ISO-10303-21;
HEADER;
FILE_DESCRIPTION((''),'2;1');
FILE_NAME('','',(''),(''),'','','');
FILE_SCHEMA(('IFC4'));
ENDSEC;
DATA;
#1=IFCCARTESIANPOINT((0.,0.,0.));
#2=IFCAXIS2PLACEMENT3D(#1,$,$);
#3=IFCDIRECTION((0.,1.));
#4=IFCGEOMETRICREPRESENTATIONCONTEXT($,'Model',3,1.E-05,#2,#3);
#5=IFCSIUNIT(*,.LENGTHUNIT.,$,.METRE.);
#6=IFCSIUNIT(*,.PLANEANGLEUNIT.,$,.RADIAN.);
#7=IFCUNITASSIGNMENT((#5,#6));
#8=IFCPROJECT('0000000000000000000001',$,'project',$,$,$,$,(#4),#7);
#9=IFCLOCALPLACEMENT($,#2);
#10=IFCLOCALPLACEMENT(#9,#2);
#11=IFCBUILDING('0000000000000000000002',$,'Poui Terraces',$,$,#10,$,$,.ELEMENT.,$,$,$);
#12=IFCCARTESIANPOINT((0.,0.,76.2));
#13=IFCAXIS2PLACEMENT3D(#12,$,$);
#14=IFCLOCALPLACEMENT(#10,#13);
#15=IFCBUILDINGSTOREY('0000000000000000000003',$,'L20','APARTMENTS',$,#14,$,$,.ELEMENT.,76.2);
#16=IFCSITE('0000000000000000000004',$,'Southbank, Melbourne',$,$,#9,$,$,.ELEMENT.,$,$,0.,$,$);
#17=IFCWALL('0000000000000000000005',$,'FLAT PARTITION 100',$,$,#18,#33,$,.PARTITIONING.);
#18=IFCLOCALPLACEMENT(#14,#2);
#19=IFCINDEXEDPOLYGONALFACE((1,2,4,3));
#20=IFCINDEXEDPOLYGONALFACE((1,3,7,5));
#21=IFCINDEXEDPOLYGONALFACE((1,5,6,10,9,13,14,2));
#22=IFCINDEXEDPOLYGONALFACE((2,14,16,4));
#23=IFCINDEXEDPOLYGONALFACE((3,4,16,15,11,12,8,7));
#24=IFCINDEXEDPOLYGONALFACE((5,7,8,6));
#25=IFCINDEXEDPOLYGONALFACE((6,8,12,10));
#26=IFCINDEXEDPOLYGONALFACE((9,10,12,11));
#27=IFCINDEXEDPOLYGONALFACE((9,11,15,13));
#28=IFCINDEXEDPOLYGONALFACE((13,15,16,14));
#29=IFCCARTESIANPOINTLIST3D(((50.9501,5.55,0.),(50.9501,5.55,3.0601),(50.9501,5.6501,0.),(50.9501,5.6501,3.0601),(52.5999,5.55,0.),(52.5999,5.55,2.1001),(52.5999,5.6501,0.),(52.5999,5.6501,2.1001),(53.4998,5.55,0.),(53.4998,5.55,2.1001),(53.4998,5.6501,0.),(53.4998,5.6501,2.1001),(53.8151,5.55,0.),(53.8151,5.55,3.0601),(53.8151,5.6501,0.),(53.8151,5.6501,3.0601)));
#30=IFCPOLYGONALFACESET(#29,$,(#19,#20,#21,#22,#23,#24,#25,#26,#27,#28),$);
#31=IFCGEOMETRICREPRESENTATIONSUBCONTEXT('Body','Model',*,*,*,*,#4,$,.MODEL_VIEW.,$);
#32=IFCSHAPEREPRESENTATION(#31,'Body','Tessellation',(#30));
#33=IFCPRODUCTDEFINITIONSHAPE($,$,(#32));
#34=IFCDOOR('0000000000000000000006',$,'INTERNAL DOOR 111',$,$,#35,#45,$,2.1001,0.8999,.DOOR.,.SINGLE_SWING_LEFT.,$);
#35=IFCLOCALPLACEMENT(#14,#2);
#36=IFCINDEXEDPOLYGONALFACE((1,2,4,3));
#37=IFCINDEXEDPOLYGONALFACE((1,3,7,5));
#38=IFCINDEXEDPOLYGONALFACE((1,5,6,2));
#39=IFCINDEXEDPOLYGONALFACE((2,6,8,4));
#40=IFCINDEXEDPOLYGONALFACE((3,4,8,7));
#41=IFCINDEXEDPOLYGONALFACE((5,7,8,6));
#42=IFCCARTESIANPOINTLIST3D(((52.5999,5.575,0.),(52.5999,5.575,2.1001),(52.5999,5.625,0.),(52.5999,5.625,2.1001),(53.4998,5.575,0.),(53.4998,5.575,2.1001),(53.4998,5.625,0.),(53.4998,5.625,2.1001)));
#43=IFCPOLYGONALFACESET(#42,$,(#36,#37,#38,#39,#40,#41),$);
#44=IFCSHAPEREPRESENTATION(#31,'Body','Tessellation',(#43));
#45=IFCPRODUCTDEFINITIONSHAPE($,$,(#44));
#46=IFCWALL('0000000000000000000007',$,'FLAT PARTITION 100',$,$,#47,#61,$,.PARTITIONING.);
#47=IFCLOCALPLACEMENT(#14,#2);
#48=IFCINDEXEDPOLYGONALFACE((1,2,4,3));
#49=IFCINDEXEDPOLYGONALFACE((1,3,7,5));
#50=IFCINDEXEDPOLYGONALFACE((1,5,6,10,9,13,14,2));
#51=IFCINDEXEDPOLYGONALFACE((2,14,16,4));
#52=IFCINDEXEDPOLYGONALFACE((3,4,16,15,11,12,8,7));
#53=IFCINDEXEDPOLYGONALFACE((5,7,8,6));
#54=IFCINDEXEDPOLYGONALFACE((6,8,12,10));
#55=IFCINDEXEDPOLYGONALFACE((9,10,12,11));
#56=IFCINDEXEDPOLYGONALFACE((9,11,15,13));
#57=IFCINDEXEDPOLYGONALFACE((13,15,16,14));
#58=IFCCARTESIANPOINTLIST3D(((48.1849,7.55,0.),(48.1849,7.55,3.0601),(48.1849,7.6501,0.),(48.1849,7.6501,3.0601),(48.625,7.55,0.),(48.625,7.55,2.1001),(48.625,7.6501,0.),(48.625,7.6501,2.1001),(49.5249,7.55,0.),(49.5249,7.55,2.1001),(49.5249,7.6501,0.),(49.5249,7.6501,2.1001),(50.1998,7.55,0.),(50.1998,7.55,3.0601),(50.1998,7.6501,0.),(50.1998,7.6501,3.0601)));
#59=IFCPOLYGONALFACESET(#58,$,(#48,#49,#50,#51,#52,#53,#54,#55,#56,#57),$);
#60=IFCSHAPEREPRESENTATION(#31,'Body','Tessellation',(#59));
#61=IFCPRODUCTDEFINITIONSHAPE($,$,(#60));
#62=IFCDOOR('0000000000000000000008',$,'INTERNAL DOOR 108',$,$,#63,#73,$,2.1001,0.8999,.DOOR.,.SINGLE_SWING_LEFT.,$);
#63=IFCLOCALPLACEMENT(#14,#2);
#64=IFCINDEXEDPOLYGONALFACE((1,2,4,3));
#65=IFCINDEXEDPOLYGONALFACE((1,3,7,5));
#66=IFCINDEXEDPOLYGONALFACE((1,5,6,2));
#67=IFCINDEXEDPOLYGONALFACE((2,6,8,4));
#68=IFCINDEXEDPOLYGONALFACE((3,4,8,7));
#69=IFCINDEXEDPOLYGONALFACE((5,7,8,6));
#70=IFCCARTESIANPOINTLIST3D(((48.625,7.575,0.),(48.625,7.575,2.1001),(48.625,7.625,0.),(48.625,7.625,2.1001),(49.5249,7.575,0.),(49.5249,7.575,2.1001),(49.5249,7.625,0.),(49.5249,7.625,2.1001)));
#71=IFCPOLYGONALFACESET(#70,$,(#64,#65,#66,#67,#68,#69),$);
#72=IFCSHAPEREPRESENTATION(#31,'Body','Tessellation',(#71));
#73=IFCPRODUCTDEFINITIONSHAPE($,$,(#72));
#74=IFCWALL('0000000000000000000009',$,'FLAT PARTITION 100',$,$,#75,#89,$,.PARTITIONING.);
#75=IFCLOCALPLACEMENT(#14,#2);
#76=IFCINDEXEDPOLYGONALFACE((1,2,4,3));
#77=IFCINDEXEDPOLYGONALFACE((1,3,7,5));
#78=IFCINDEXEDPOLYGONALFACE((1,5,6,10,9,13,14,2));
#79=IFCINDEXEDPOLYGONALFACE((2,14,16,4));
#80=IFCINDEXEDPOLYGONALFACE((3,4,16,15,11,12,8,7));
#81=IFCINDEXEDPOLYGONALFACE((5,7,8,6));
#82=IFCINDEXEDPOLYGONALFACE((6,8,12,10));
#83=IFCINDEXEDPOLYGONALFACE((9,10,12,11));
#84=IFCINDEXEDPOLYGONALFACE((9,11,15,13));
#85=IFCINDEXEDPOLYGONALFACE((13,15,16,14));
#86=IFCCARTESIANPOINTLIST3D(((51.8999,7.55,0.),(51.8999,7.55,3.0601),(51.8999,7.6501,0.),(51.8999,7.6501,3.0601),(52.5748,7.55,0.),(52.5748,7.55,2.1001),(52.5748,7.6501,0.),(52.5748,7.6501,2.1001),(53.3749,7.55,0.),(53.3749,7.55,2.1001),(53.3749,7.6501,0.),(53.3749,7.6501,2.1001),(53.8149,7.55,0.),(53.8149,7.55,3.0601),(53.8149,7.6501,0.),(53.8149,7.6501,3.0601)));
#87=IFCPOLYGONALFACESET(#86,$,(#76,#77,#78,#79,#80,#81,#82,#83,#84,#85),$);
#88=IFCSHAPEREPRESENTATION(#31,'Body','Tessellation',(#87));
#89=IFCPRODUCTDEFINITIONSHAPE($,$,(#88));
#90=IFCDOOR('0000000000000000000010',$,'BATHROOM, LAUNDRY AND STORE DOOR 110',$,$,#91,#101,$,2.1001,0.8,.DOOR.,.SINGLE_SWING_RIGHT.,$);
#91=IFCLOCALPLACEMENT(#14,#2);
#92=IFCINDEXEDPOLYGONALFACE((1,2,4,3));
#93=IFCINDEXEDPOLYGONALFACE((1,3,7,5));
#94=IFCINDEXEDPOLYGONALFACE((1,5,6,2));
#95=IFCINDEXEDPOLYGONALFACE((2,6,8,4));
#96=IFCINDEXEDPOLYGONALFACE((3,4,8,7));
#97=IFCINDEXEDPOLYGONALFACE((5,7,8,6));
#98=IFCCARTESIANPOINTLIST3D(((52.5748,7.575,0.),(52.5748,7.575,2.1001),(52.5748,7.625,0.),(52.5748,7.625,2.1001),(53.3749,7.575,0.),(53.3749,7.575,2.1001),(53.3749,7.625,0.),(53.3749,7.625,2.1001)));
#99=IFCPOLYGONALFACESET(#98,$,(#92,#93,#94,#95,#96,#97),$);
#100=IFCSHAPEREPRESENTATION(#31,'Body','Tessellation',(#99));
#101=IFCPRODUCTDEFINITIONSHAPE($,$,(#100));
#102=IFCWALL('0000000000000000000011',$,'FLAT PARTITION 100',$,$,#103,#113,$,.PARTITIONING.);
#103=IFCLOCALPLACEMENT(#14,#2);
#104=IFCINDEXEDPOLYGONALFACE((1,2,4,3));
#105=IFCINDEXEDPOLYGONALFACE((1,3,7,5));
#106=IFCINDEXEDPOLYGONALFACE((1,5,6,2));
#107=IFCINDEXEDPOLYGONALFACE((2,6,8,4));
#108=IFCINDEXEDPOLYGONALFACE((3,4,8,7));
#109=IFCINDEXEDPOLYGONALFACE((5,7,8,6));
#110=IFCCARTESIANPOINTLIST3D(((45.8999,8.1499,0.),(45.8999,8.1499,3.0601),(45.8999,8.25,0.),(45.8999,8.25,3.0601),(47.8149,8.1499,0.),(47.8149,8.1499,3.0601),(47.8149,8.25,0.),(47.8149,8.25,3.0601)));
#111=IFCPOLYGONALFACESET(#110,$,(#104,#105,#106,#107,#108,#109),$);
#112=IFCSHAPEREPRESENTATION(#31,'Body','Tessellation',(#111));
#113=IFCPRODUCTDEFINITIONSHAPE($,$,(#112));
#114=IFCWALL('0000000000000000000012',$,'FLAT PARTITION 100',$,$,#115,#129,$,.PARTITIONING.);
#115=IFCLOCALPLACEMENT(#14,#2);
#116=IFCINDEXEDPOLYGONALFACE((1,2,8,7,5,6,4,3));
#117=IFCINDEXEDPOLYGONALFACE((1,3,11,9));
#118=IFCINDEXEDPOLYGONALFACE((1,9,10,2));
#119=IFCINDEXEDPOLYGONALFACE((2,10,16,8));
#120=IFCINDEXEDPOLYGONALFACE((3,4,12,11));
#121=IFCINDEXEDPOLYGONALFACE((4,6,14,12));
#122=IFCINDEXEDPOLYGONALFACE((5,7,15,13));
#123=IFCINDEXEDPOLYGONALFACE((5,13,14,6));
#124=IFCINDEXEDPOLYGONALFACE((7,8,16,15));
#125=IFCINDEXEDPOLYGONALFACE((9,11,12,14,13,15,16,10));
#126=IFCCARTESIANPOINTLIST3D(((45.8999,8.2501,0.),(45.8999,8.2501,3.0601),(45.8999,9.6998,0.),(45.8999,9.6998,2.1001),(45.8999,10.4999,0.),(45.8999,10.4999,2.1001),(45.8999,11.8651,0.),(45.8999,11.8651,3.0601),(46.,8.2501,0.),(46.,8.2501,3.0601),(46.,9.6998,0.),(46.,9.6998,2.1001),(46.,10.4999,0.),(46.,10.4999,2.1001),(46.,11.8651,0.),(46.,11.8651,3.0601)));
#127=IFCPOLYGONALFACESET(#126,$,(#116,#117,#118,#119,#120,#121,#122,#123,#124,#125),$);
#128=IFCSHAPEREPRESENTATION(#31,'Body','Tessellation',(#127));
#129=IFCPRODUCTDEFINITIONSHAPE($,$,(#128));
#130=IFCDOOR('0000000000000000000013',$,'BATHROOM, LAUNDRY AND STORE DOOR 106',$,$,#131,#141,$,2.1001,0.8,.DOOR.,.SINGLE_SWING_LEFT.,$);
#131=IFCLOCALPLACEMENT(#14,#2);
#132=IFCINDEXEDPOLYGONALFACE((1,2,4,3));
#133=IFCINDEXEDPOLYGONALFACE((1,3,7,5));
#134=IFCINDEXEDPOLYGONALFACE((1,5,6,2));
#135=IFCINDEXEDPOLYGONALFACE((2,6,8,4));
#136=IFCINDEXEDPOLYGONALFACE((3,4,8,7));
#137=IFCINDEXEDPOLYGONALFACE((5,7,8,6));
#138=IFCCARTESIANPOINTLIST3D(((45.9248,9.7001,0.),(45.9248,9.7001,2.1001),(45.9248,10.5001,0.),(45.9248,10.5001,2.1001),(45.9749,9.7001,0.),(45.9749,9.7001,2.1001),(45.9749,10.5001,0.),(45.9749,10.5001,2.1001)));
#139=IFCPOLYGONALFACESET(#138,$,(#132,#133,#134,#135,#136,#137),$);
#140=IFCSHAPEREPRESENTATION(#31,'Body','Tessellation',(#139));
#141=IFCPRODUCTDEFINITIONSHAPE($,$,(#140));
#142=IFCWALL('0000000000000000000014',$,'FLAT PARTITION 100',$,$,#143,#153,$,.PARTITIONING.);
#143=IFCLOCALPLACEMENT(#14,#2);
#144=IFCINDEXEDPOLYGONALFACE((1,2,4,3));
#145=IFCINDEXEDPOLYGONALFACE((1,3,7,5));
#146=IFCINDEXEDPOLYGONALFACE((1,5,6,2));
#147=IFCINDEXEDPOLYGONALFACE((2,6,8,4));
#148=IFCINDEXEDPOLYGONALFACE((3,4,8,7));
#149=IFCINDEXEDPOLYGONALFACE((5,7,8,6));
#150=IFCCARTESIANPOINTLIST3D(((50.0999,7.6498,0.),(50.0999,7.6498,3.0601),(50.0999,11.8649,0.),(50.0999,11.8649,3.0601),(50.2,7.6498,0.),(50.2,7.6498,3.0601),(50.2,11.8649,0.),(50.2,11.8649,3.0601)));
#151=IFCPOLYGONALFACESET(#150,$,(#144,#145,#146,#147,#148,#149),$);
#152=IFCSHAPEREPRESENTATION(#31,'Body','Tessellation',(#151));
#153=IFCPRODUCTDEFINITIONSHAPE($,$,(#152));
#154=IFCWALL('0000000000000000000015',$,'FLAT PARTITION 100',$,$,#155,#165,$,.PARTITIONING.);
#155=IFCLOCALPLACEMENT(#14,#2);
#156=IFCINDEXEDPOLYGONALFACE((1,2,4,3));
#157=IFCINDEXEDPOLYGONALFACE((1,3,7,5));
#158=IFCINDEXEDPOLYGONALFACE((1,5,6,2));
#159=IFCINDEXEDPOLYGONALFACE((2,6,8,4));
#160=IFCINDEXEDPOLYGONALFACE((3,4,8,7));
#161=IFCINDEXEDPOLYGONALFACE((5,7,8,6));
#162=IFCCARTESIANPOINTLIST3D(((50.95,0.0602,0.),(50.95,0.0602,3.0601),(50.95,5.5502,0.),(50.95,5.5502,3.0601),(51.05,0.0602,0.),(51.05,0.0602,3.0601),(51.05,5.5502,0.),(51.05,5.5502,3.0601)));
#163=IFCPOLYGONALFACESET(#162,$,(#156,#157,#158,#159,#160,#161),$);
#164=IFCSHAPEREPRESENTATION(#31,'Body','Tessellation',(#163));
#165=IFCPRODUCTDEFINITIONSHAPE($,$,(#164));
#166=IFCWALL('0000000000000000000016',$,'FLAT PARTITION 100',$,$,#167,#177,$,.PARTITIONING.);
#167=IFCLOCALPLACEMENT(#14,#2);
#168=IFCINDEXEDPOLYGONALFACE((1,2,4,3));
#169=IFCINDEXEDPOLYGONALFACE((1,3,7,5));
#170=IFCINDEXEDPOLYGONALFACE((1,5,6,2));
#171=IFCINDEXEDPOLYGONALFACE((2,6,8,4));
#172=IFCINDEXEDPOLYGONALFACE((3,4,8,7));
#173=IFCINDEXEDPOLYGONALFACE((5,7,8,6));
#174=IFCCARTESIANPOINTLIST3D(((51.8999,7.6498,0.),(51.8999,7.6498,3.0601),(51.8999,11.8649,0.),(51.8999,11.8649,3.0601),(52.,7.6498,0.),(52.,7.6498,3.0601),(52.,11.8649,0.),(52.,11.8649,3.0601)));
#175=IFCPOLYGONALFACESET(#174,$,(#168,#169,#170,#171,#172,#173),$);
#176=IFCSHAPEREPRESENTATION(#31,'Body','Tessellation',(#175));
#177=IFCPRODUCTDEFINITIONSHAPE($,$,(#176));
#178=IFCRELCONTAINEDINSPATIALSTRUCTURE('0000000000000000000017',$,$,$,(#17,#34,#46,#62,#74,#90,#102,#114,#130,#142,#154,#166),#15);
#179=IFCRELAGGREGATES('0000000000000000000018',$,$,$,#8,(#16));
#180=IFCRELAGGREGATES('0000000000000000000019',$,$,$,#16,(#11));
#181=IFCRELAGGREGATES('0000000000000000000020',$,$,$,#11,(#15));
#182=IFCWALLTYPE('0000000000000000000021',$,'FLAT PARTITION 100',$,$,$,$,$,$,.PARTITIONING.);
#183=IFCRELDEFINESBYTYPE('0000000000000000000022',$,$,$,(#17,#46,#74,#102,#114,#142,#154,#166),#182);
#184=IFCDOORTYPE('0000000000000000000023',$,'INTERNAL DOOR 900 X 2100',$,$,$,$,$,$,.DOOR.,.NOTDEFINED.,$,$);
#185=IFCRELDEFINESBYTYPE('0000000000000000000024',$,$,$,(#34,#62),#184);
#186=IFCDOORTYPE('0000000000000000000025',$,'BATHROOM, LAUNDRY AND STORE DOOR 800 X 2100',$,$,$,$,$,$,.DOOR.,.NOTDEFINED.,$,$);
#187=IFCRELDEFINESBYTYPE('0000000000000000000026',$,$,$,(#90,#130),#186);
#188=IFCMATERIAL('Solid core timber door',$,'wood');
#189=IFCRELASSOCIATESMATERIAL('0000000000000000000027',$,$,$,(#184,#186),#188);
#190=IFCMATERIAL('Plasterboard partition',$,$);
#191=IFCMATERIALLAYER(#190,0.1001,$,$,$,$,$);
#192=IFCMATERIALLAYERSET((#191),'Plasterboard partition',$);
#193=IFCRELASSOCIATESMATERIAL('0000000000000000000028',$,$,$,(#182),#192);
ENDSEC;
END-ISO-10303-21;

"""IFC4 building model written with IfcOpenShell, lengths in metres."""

from ifc_helpers import new_model, si_unit, direction, frame, frame_2d, origin, place, context, subcontext, project, spatial, rectangle, extrude, material, layer, layer_set, type_object, element, fill, save


model = new_model("IFC4")

# Units and contexts
model_context = context("Model", 3, precision=1e-05, world=origin(), true_north=direction((0.0, 1.0)))
body_context = subcontext(model_context, "Body", "Model", "MODEL_VIEW")
ifc_project = project(units=[si_unit("LENGTHUNIT", "METRE"), si_unit("PLANEANGLEUNIT", "RADIAN")], contexts=[model_context])

# Site, building, storey
site_placement = place(None, origin())
site = spatial("IfcSite", under=ifc_project, at=site_placement, Name="Southbank, Melbourne", CompositionType="ELEMENT", RefElevation=0.0)
building_placement = place(site_placement, origin())
building = spatial("IfcBuilding", under=site, at=building_placement, Name="Poui Terraces", CompositionType="ELEMENT")
storey_placement = place(building_placement, frame((0.0, 0.0, 76.2)))
storey = spatial("IfcBuildingStorey", under=building, at=storey_placement, Name="L20", Description="APARTMENTS", CompositionType="ELEMENT", Elevation=76.2)

# Walls, openings, doors
ifc_material_1 = material(Name="Solid core timber door", Category="wood")
door_type_1 = type_object("IfcDoorType", Name="INTERNAL DOOR 900 X 2100", OperationType="NOTDEFINED", PredefinedType="DOOR", material=ifc_material_1)
ifc_material_2 = material(Name="Plasterboard partition")
ifc_layer_1 = layer(ifc_material_2, 0.1001)
ifc_layer_set_1 = layer_set([ifc_layer_1], Name="Plasterboard partition")
wall_type_1 = type_object("IfcWallType", Name="FLAT PARTITION 100", PredefinedType="PARTITIONING", material=ifc_layer_set_1)
wall_1_placement = place(storey_placement, frame((50.95, 5.6001, 0.0), z_axis=(0.0, 0.0, 1.0), x_axis=(1.0, 0.0, 0.0)))
wall_1 = element("IfcWall", 1, at=wall_1_placement, inside=storey, type_object=wall_type_1, Name="FLAT PARTITION 100", PredefinedType="PARTITIONING", context=body_context, shape_type="SweptSolid", body=[
    extrude(rectangle(XDim=2.865, YDim=0.1001, at=frame_2d((1.4326, 0.0))), origin(), (0.0, 0.0, 1.0), 3.0601),
])
opening_1_placement = place(wall_1_placement, frame((1.6499, 0.0, 0.0)))
opening_1 = element("IfcOpeningElement", 2, at=opening_1_placement, cuts=wall_1, PredefinedType="OPENING", context=body_context, shape_type="SweptSolid", body=[
    extrude(rectangle(XDim=0.8999, YDim=2.1001, at=frame_2d((0.45, 1.05))), frame((0.0, 0.0601, 0.0), z_axis=(0.0, -1.0, 0.0), x_axis=(1.0, 0.0, 0.0)), (0.0, 0.0, 1.0), 0.1201),
])
door_1_placement = place(opening_1_placement, origin())
door_1 = element("IfcDoor", 3, at=door_1_placement, inside=storey, type_object=door_type_1, Name="INTERNAL DOOR 111", OperationType="SINGLE_SWING_LEFT", OverallHeight=2.1001, OverallWidth=0.8999, PredefinedType="DOOR", context=body_context, shape_type="SweptSolid", body=[
    extrude(rectangle(XDim=0.8999, YDim=2.1001, at=frame_2d((0.45, 1.05))), frame((0.0, 0.0249, 0.0), z_axis=(0.0, -1.0, 0.0), x_axis=(1.0, 0.0, 0.0)), (0.0, 0.0, 1.0), 0.05),
])
fill(opening_1, door_1)
wall_2_placement = place(storey_placement, frame((48.1851, 7.6001, 0.0), z_axis=(0.0, 0.0, 1.0), x_axis=(1.0, 0.0, 0.0)))
wall_2 = element("IfcWall", 4, at=wall_2_placement, inside=storey, type_object=wall_type_1, Name="FLAT PARTITION 100", PredefinedType="PARTITIONING", context=body_context, shape_type="SweptSolid", body=[
    extrude(rectangle(XDim=2.0149, YDim=0.1001, at=frame_2d((1.0073, 0.0))), origin(), (0.0, 0.0, 1.0), 3.0601),
])
opening_2_placement = place(wall_2_placement, frame((0.4399, 0.0, 0.0)))
opening_2 = element("IfcOpeningElement", 5, at=opening_2_placement, cuts=wall_2, PredefinedType="OPENING", context=body_context, shape_type="SweptSolid", body=[
    extrude(rectangle(XDim=0.8999, YDim=2.1001, at=frame_2d((0.45, 1.05))), frame((0.0, 0.0601, 0.0), z_axis=(0.0, -1.0, 0.0), x_axis=(1.0, 0.0, 0.0)), (0.0, 0.0, 1.0), 0.1201),
])
door_2_placement = place(opening_2_placement, origin())
door_2 = element("IfcDoor", 6, at=door_2_placement, inside=storey, type_object=door_type_1, Name="INTERNAL DOOR 108", OperationType="SINGLE_SWING_LEFT", OverallHeight=2.1001, OverallWidth=0.8999, PredefinedType="DOOR", context=body_context, shape_type="SweptSolid", body=[
    extrude(rectangle(XDim=0.8999, YDim=2.1001, at=frame_2d((0.45, 1.05))), frame((0.0, 0.0249, 0.0), z_axis=(0.0, -1.0, 0.0), x_axis=(1.0, 0.0, 0.0)), (0.0, 0.0, 1.0), 0.05),
])
fill(opening_2, door_2)
wall_3_placement = place(storey_placement, frame((51.8999, 7.6001, 0.0), z_axis=(0.0, 0.0, 1.0), x_axis=(1.0, 0.0, 0.0)))
wall_3 = element("IfcWall", 7, at=wall_3_placement, inside=storey, type_object=wall_type_1, Name="FLAT PARTITION 100", PredefinedType="PARTITIONING", context=body_context, shape_type="SweptSolid", body=[
    extrude(rectangle(XDim=1.915, YDim=0.1001, at=frame_2d((0.9575, 0.0))), origin(), (0.0, 0.0, 1.0), 3.0601),
])
opening_3_placement = place(wall_3_placement, frame((0.675, 0.0, 0.0)))
opening_3 = element("IfcOpeningElement", 8, at=opening_3_placement, cuts=wall_3, PredefinedType="OPENING", context=body_context, shape_type="SweptSolid", body=[
    extrude(rectangle(XDim=0.8, YDim=2.1001, at=frame_2d((0.3999, 1.05))), frame((0.0, 0.0601, 0.0), z_axis=(0.0, -1.0, 0.0), x_axis=(1.0, 0.0, 0.0)), (0.0, 0.0, 1.0), 0.1201),
])
door_type_2 = type_object("IfcDoorType", Name="BATHROOM, LAUNDRY AND STORE DOOR 800 X 2100", OperationType="NOTDEFINED", PredefinedType="DOOR", material=ifc_material_1)
door_3_placement = place(opening_3_placement, origin())
door_3 = element("IfcDoor", 9, at=door_3_placement, inside=storey, type_object=door_type_2, Name="BATHROOM, LAUNDRY AND STORE DOOR 110", OperationType="SINGLE_SWING_RIGHT", OverallHeight=2.1001, OverallWidth=0.8, PredefinedType="DOOR", context=body_context, shape_type="SweptSolid", body=[
    extrude(rectangle(XDim=0.8, YDim=2.1001, at=frame_2d((0.3999, 1.05))), frame((0.0, 0.0249, 0.0), z_axis=(0.0, -1.0, 0.0), x_axis=(1.0, 0.0, 0.0)), (0.0, 0.0, 1.0), 0.05),
])
fill(opening_3, door_3)

# Wall
wall_4_placement = place(storey_placement, frame((45.8999, 8.2, 0.0), z_axis=(0.0, 0.0, 1.0), x_axis=(1.0, 0.0, 0.0)))
element("IfcWall", 10, at=wall_4_placement, inside=storey, type_object=wall_type_1, Name="FLAT PARTITION 100", PredefinedType="PARTITIONING", context=body_context, shape_type="SweptSolid", body=[
    extrude(rectangle(XDim=1.915, YDim=0.1001, at=frame_2d((0.9575, 0.0))), origin(), (0.0, 0.0, 1.0), 3.0601),
])

# Wall, opening, door
wall_5_placement = place(storey_placement, frame((45.95, 8.25, 0.0), z_axis=(0.0, 0.0, 1.0), x_axis=(0.0, 1.0, 0.0)))
wall_5 = element("IfcWall", 11, at=wall_5_placement, inside=storey, type_object=wall_type_1, Name="FLAT PARTITION 100", PredefinedType="PARTITIONING", context=body_context, shape_type="SweptSolid", body=[
    extrude(rectangle(XDim=3.615, YDim=0.1001, at=frame_2d((1.8076, 0.0))), origin(), (0.0, 0.0, 1.0), 3.0601),
])
opening_4_placement = place(wall_5_placement, frame((1.45, 0.0, 0.0)))
opening_4 = element("IfcOpeningElement", 12, at=opening_4_placement, cuts=wall_5, PredefinedType="OPENING", context=body_context, shape_type="SweptSolid", body=[
    extrude(rectangle(XDim=0.8, YDim=2.1001, at=frame_2d((0.3999, 1.05))), frame((0.0, 0.0601, 0.0), z_axis=(0.0, -1.0, 0.0), x_axis=(1.0, 0.0, 0.0)), (0.0, 0.0, 1.0), 0.1201),
])
door_4_placement = place(opening_4_placement, frame((0.8, 0.0, 0.0), z_axis=(0.0, 0.0, 1.0), x_axis=(-1.0, 0.0, 0.0)))
door_4 = element("IfcDoor", 13, at=door_4_placement, inside=storey, type_object=door_type_2, Name="BATHROOM, LAUNDRY AND STORE DOOR 106", OperationType="SINGLE_SWING_LEFT", OverallHeight=2.1001, OverallWidth=0.8, PredefinedType="DOOR", context=body_context, shape_type="SweptSolid", body=[
    extrude(rectangle(XDim=0.8, YDim=2.1001, at=frame_2d((0.3999, 1.05))), frame((0.0, 0.0249, 0.0), z_axis=(0.0, -1.0, 0.0), x_axis=(1.0, 0.0, 0.0)), (0.0, 0.0, 1.0), 0.05),
])
fill(opening_4, door_4)

# Walls
wall_6_placement = place(storey_placement, frame((50.1499, 7.6499, 0.0), z_axis=(0.0, 0.0, 1.0), x_axis=(0.0, 1.0, 0.0)))
element("IfcWall", 14, at=wall_6_placement, inside=storey, type_object=wall_type_1, Name="FLAT PARTITION 100", PredefinedType="PARTITIONING", context=body_context, shape_type="SweptSolid", body=[
    extrude(rectangle(XDim=4.2151, YDim=0.1001, at=frame_2d((2.1074, 0.0))), origin(), (0.0, 0.0, 1.0), 3.0601),
])
wall_7_placement = place(storey_placement, frame((51.0, 0.0601, 0.0), z_axis=(0.0, 0.0, 1.0), x_axis=(0.0, 1.0, 0.0)))
element("IfcWall", 15, at=wall_7_placement, inside=storey, type_object=wall_type_1, Name="FLAT PARTITION 100", PredefinedType="PARTITIONING", context=body_context, shape_type="SweptSolid", body=[
    extrude(rectangle(XDim=5.49, YDim=0.1001, at=frame_2d((2.7451, 0.0))), origin(), (0.0, 0.0, 1.0), 3.0601),
])
wall_8_placement = place(storey_placement, frame((51.95, 7.6499, 0.0), z_axis=(0.0, 0.0, 1.0), x_axis=(0.0, 1.0, 0.0)))
element("IfcWall", 16, at=wall_8_placement, inside=storey, type_object=wall_type_1, Name="FLAT PARTITION 100", PredefinedType="PARTITIONING", context=body_context, shape_type="SweptSolid", body=[
    extrude(rectangle(XDim=4.2151, YDim=0.1001, at=frame_2d((2.1074, 0.0))), origin(), (0.0, 0.0, 1.0), 3.0601),
])

save(model, "model.ifc")
